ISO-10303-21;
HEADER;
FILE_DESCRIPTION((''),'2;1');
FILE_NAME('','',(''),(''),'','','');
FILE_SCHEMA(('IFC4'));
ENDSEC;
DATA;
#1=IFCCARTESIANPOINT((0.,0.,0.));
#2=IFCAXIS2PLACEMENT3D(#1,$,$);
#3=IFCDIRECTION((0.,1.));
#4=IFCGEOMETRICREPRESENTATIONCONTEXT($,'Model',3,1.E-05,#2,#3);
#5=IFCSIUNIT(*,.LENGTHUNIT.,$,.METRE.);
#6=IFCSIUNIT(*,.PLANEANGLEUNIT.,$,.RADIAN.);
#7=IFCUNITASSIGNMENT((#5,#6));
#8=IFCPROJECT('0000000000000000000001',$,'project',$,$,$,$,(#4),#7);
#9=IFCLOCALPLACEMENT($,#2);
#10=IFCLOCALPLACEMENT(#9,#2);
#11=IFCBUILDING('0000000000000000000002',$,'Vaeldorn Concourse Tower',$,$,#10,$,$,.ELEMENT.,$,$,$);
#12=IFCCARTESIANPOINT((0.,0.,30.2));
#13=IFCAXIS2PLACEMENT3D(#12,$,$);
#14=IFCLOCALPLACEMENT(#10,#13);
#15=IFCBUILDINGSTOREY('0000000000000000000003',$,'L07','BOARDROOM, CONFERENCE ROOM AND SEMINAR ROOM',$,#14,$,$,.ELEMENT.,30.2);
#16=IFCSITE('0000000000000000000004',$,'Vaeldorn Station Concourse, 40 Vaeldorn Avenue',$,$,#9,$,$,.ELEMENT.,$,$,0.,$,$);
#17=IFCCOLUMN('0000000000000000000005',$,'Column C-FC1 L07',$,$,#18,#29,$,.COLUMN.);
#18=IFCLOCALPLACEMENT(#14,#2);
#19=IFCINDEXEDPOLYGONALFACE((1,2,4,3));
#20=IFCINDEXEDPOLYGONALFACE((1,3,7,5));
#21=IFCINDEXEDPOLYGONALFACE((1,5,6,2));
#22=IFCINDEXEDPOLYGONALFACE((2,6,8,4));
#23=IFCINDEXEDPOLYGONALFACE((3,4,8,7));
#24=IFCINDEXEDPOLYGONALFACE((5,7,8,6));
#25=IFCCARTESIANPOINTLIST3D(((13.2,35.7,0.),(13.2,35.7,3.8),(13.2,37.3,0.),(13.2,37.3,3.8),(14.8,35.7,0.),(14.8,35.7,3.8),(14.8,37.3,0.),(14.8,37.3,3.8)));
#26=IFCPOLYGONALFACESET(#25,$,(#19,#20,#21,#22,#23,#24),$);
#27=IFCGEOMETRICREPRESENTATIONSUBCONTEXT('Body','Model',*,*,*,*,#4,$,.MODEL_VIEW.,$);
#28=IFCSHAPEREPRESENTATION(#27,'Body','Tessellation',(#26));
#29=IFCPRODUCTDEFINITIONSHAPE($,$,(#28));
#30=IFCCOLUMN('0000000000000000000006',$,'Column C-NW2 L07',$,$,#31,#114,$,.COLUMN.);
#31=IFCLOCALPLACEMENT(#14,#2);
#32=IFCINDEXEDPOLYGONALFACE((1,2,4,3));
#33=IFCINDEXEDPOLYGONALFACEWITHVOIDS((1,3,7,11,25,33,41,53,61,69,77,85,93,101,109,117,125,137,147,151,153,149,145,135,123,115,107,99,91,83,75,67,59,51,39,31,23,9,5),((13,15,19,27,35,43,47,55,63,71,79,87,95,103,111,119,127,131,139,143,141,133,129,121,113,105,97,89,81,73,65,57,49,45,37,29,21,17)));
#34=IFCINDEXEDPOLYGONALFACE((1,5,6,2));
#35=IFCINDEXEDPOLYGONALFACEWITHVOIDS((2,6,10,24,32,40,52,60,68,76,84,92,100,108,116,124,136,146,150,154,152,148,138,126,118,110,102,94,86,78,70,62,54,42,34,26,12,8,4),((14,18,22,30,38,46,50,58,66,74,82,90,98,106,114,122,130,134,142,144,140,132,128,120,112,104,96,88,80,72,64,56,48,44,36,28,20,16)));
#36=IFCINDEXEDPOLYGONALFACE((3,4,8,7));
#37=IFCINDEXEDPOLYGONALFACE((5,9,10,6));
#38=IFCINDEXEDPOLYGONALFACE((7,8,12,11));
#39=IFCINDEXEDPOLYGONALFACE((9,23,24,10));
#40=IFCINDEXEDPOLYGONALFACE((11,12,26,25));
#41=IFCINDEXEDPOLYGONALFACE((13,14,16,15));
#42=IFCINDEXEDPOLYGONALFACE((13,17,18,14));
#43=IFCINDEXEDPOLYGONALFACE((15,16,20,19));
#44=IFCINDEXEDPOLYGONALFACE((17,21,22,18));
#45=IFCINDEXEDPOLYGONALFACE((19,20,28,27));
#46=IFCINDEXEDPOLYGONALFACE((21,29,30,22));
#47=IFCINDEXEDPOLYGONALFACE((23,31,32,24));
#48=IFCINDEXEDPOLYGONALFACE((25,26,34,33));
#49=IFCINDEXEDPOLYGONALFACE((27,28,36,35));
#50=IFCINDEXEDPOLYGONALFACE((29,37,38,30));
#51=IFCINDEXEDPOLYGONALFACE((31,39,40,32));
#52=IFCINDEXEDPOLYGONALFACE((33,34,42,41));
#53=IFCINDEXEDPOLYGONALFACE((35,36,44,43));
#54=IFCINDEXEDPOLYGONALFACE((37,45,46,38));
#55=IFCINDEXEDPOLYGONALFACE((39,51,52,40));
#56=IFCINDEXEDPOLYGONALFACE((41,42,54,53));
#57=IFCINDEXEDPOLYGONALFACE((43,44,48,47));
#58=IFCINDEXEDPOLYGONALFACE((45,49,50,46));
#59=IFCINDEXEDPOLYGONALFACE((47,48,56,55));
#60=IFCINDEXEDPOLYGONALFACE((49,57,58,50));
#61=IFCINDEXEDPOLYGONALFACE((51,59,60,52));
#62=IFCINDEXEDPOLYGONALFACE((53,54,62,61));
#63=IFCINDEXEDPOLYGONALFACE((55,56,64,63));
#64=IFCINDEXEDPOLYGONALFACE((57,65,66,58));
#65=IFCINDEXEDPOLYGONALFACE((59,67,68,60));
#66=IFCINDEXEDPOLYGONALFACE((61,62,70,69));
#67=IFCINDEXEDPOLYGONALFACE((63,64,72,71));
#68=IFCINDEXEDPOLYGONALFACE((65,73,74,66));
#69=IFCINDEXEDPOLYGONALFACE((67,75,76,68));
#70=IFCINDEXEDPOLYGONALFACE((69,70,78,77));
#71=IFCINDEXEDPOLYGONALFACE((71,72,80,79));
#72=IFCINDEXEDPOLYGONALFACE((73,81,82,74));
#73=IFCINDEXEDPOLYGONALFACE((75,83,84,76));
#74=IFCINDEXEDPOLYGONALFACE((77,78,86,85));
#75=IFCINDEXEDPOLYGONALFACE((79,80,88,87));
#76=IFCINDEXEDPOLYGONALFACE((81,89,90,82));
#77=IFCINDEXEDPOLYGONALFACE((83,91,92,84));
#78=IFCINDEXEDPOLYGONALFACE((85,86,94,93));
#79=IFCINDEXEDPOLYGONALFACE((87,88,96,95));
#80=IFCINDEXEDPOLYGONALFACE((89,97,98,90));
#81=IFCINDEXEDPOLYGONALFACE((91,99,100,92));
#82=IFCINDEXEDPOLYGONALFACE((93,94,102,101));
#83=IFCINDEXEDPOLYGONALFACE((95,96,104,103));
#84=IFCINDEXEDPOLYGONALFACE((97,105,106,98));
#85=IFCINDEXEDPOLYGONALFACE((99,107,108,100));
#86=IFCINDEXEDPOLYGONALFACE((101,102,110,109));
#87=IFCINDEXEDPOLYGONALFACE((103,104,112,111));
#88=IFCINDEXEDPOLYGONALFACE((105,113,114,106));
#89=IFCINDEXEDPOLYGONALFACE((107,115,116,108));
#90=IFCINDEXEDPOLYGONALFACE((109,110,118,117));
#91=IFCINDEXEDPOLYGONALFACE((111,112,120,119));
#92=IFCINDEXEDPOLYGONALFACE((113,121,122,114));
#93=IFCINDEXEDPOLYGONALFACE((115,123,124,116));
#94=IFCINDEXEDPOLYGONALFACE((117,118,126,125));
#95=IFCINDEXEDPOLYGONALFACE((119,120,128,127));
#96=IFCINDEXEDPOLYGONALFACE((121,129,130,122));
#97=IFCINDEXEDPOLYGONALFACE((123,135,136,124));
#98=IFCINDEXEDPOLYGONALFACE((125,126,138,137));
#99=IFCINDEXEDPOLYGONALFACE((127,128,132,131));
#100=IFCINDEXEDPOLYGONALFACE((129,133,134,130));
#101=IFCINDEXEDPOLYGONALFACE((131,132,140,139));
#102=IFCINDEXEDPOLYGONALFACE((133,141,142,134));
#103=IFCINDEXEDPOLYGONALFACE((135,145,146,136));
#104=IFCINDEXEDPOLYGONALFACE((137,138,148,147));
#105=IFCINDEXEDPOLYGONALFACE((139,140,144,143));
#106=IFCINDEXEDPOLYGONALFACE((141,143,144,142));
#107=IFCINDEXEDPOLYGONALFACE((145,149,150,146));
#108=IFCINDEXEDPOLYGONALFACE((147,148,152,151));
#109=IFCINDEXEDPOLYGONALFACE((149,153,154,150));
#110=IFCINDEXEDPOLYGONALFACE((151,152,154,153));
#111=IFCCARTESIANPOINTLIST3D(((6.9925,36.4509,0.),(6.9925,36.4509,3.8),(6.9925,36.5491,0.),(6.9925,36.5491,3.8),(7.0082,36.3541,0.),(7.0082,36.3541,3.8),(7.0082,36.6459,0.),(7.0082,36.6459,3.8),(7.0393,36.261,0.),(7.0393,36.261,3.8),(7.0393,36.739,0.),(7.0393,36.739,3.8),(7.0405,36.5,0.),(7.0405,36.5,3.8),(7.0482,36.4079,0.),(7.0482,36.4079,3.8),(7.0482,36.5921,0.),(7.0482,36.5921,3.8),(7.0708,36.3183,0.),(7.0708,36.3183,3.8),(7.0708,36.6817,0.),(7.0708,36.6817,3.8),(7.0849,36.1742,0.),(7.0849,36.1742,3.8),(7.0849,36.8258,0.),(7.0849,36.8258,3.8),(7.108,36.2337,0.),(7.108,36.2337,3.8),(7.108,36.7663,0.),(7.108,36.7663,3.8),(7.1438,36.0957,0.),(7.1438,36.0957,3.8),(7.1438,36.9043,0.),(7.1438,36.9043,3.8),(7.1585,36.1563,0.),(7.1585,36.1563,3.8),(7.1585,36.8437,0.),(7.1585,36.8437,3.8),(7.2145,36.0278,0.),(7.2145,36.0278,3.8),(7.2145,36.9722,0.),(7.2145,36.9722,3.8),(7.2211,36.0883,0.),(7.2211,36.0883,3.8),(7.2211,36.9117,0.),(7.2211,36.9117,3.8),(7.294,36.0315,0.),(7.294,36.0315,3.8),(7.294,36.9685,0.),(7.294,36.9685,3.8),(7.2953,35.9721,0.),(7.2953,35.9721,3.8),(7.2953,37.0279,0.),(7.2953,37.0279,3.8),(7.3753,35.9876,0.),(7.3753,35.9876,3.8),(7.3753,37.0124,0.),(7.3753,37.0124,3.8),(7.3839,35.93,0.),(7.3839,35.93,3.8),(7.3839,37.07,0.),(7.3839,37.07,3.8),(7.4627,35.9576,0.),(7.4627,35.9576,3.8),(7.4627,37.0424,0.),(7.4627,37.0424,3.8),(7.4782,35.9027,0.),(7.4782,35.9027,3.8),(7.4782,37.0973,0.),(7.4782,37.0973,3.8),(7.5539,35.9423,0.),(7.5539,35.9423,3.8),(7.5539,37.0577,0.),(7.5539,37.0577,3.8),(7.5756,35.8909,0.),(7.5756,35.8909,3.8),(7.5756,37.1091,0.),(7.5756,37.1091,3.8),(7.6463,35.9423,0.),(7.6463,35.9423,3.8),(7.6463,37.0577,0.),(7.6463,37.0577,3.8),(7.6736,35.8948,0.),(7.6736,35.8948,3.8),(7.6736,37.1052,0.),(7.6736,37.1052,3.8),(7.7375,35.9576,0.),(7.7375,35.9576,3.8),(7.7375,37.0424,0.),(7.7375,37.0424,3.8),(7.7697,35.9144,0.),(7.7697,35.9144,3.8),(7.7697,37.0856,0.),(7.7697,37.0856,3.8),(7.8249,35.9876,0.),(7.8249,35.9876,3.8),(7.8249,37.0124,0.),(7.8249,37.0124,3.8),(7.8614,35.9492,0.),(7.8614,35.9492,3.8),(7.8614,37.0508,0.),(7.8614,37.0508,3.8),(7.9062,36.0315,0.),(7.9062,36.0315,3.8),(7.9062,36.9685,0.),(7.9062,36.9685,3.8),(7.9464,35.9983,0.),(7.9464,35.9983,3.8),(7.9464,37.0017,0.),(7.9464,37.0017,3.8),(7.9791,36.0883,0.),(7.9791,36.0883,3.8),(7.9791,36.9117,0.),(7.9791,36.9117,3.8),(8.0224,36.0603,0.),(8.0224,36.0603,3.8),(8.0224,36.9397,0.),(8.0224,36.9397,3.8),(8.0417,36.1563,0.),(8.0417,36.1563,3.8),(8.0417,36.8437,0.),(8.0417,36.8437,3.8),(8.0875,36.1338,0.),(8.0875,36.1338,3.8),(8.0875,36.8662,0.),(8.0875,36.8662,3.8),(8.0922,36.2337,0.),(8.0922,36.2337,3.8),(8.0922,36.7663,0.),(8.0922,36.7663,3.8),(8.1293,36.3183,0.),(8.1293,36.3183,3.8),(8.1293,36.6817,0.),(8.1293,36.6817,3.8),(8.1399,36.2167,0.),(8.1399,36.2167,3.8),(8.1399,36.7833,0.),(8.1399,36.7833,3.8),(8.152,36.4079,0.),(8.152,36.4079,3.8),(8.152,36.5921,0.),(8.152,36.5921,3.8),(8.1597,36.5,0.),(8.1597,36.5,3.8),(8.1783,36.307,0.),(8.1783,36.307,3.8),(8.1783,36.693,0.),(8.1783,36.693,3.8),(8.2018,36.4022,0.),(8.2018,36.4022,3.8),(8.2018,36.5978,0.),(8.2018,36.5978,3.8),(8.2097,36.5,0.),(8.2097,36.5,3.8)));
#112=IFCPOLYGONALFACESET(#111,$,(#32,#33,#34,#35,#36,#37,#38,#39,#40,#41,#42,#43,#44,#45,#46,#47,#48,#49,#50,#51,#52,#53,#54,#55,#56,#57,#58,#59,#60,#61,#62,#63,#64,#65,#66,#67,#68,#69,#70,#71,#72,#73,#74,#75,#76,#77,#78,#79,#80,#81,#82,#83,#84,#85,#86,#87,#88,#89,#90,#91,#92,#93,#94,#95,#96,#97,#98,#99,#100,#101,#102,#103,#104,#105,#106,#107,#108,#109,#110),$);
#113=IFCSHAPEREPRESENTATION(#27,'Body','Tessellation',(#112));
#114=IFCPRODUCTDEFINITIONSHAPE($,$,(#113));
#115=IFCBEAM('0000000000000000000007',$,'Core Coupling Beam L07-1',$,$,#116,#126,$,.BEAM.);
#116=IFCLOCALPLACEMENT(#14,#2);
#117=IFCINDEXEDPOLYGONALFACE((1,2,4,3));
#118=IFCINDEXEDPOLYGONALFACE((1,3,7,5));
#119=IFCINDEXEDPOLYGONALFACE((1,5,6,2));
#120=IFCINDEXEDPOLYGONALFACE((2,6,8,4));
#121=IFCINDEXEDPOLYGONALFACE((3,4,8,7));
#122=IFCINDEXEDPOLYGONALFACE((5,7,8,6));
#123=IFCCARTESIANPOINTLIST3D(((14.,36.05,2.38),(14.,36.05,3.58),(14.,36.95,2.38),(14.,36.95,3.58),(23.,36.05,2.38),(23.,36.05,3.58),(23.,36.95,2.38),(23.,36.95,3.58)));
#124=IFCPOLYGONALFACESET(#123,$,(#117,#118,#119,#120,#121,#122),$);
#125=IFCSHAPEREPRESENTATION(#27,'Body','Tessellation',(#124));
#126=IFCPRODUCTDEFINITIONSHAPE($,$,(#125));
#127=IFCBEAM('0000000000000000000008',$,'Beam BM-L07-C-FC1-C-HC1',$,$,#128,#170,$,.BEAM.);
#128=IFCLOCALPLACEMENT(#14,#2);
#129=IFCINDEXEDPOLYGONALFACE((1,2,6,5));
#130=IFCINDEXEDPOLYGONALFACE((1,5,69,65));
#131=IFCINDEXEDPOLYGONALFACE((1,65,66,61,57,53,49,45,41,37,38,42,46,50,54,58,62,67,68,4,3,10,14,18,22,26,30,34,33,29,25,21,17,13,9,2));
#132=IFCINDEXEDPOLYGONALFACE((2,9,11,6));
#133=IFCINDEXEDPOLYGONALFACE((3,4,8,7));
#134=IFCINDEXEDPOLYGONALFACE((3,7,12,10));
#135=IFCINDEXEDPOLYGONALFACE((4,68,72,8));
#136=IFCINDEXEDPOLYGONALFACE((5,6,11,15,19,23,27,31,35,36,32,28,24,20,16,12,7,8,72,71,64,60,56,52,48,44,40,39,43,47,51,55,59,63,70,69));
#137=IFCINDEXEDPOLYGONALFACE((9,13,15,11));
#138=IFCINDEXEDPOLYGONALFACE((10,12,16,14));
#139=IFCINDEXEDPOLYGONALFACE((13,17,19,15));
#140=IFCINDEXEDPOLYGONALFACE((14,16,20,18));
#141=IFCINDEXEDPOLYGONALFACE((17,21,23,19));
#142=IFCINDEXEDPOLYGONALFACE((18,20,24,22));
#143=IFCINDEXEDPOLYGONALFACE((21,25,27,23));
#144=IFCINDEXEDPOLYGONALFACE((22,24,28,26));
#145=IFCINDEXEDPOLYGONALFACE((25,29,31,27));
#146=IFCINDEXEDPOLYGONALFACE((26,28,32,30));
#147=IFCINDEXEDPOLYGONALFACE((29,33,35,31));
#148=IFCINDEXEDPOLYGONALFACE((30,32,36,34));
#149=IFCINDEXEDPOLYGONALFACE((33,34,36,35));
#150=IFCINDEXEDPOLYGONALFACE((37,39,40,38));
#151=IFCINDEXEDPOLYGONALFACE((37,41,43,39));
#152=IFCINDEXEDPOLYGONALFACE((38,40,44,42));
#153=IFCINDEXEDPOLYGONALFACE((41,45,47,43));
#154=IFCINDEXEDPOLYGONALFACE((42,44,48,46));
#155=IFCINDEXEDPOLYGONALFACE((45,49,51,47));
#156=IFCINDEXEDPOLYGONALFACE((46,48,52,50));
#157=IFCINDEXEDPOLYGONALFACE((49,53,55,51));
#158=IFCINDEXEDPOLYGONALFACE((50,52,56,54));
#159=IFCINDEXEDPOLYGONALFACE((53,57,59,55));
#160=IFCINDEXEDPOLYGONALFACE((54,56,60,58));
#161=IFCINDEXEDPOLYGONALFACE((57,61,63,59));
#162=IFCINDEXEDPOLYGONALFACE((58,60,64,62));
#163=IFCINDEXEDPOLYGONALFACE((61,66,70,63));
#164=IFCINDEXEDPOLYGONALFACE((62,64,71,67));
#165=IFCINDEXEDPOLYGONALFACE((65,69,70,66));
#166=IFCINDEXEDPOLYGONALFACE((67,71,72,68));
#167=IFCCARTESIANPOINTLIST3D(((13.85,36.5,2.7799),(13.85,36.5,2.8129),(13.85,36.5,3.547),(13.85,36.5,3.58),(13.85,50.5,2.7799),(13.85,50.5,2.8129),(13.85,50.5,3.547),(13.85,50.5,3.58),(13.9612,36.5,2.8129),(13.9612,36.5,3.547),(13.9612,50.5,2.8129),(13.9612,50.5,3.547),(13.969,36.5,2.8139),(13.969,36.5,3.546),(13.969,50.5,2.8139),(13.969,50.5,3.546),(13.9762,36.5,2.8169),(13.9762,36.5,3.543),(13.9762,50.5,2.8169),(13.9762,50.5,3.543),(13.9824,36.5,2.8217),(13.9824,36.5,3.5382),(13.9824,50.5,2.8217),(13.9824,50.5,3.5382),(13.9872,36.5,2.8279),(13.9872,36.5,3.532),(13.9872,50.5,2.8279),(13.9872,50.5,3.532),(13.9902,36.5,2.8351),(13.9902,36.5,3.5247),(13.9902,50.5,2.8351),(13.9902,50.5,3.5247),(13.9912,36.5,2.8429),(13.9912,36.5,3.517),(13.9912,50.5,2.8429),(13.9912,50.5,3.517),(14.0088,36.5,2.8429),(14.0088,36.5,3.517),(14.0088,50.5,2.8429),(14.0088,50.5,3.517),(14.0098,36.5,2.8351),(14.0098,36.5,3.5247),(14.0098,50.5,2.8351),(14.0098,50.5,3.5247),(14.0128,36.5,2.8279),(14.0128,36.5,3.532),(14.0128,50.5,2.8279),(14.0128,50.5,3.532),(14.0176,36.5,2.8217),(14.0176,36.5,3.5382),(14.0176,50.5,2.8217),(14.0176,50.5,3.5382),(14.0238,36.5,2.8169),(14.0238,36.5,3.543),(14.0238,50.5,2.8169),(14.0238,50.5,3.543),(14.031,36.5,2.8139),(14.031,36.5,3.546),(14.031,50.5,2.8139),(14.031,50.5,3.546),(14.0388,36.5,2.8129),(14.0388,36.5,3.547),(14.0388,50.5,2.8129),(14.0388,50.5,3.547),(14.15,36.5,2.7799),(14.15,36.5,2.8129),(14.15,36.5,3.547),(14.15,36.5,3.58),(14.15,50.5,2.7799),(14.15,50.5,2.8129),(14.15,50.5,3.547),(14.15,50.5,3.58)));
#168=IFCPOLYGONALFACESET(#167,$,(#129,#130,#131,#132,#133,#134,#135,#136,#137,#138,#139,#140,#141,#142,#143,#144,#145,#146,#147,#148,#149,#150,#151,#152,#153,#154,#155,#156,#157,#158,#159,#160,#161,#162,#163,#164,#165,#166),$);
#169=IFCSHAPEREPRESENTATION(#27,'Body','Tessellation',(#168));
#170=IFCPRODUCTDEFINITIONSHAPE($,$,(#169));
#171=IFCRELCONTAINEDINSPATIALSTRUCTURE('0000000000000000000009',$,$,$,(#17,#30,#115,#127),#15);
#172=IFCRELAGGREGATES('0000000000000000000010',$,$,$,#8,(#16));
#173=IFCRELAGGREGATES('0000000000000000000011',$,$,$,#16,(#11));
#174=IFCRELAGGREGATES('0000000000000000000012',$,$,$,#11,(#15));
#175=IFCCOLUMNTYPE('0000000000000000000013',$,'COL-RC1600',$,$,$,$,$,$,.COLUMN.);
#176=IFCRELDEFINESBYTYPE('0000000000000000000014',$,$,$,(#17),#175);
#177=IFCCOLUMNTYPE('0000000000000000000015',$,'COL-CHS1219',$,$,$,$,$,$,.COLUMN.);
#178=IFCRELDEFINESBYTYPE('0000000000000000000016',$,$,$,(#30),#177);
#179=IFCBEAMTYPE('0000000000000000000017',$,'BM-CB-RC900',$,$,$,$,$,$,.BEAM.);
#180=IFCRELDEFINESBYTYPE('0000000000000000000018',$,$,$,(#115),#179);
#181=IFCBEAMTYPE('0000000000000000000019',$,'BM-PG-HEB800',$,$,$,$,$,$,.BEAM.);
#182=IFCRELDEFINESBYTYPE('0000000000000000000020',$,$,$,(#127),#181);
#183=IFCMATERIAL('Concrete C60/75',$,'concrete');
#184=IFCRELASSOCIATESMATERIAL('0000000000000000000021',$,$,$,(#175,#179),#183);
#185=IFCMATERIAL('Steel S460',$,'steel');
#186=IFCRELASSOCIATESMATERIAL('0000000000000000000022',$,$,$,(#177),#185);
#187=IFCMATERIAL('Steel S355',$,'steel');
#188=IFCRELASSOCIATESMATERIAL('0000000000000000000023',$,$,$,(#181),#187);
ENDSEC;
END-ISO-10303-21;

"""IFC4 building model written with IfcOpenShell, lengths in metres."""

from ifc_helpers import new_model, si_unit, direction, frame, origin, origin_2d, place, context, subcontext, project, spatial, rectangle, hollow_circle, i_section, extrude, source, transform, mapped, material, material_profile, profile_set, type_object, element, save


model = new_model("IFC4")

# Units and contexts
model_context = context("Model", 3, precision=1e-05, world=origin(), true_north=direction((0.0, 1.0)))
body_context = subcontext(model_context, "Body", "Model", "MODEL_VIEW")
ifc_project = project(units=[si_unit("LENGTHUNIT", "METRE"), si_unit("PLANEANGLEUNIT", "RADIAN")], contexts=[model_context])

# Site, building, storey
site_placement = place(None, origin())
site = spatial("IfcSite", under=ifc_project, at=site_placement, Name="Vaeldorn Station Concourse, 40 Vaeldorn Avenue", CompositionType="ELEMENT", RefElevation=0.0)
building_placement = place(site_placement, origin())
building = spatial("IfcBuilding", under=site, at=building_placement, Name="Vaeldorn Concourse Tower", CompositionType="ELEMENT")
storey_placement = place(building_placement, frame((0.0, 0.0, 30.2)))
storey = spatial("IfcBuildingStorey", under=building, at=storey_placement, Name="L07", Description="BOARDROOM, CONFERENCE ROOM AND SEMINAR ROOM", CompositionType="ELEMENT", Elevation=30.2)

# Columns
ifc_material_1 = material(Name="Concrete C60/75", Category="concrete")
ifc_material_profile_1 = material_profile(ifc_material_1, rectangle(XDim=1.6001, YDim=1.6001, at=origin_2d()), Name="RC 1600x1600")
ifc_profile_set_1 = profile_set([ifc_material_profile_1], Name="Concrete C60/75")
column_type_1 = type_object("IfcColumnType", Name="COL-RC1600", PredefinedType="COLUMN", material=ifc_profile_set_1)
shared_shape_1 = source(origin(), body_context, "Body", "SweptSolid", [
    extrude(rectangle(XDim=1.6001, YDim=1.6001, at=origin_2d()), origin(), (0.0, 0.0, 1.0), 3.8),
])
column_1_placement = place(storey_placement, frame((14.0, 36.5, 0.0), z_axis=(0.0, 0.0, 1.0), x_axis=(1.0, 0.0, 0.0)))
element("IfcColumn", 1, at=column_1_placement, inside=storey, type_object=column_type_1, Name="Column C-FC1 L07", PredefinedType="COLUMN", context=body_context, shape_type="MappedRepresentation", body=[
    mapped(shared_shape_1, transform((0.0, 0.0, 0.0), scale=1.0)),
])
ifc_material_2 = material(Name="Steel S460", Category="steel")
ifc_material_profile_2 = material_profile(ifc_material_2, hollow_circle(Radius=0.6096, WallThickness=0.05, at=origin_2d()), Name="CHS 1219x50")
ifc_profile_set_2 = profile_set([ifc_material_profile_2], Name="Steel S460")
column_type_2 = type_object("IfcColumnType", Name="COL-CHS1219", PredefinedType="COLUMN", material=ifc_profile_set_2)
shared_shape_2 = source(origin(), body_context, "Body", "SweptSolid", [
    extrude(hollow_circle(Radius=0.6096, WallThickness=0.05, at=origin_2d()), origin(), (0.0, 0.0, 1.0), 3.8),
])
column_2_placement = place(storey_placement, frame((7.6001, 36.5, 0.0), z_axis=(0.0, 0.0, 1.0), x_axis=(1.0, 0.0, 0.0)))
element("IfcColumn", 2, at=column_2_placement, inside=storey, type_object=column_type_2, Name="Column C-NW2 L07", PredefinedType="COLUMN", context=body_context, shape_type="MappedRepresentation", body=[
    mapped(shared_shape_2, transform((0.0, 0.0, 0.0), scale=1.0)),
])

# Beams
ifc_material_profile_3 = material_profile(ifc_material_1, rectangle(XDim=0.8999, YDim=1.2, at=origin_2d()), Name="RC 900x1200")
ifc_profile_set_3 = profile_set([ifc_material_profile_3], Name="Concrete C60/75")
beam_type_1 = type_object("IfcBeamType", Name="BM-CB-RC900", PredefinedType="BEAM", material=ifc_profile_set_3)
shared_shape_3 = source(origin(), body_context, "Body", "SweptSolid", [
    extrude(rectangle(XDim=0.8999, YDim=1.2, at=origin_2d()), origin(), (0.0, 0.0, 1.0), 9.0),
])
beam_1_placement = place(storey_placement, frame((14.0, 36.5, 2.98), z_axis=(1.0, 0.0, 0.0), x_axis=(0.0, 1.0, 0.0)))
element("IfcBeam", 3, at=beam_1_placement, inside=storey, type_object=beam_type_1, Name="Core Coupling Beam L07-1", PredefinedType="BEAM", context=body_context, shape_type="MappedRepresentation", body=[
    mapped(shared_shape_3, transform((0.0, 0.0, 0.0), scale=1.0)),
])
ifc_material_3 = material(Name="Steel S355", Category="steel")
ifc_material_profile_4 = material_profile(ifc_material_3, i_section(OverallWidth=0.3, OverallDepth=0.8, WebThickness=0.0176, FlangeThickness=0.033, FilletRadius=0.03, at=origin_2d()), Name="HEB 800")
ifc_profile_set_4 = profile_set([ifc_material_profile_4], Name="Steel S355")
beam_type_2 = type_object("IfcBeamType", Name="BM-PG-HEB800", PredefinedType="BEAM", material=ifc_profile_set_4)
shared_shape_4 = source(origin(), body_context, "Body", "SweptSolid", [
    extrude(i_section(OverallWidth=0.3, OverallDepth=0.8, WebThickness=0.0176, FlangeThickness=0.033, FilletRadius=0.03, at=origin_2d()), origin(), (0.0, 0.0, 1.0), 14.0),
])
beam_2_placement = place(storey_placement, frame((14.0, 36.5, 3.1799), z_axis=(0.0, 1.0, 0.0), x_axis=(-1.0, 0.0, 0.0)))
element("IfcBeam", 4, at=beam_2_placement, inside=storey, type_object=beam_type_2, Name="Beam BM-L07-C-FC1-C-HC1", PredefinedType="BEAM", context=body_context, shape_type="MappedRepresentation", body=[
    mapped(shared_shape_4, transform((0.0, 0.0, 0.0), scale=1.0)),
])

save(model, "model.ifc")
